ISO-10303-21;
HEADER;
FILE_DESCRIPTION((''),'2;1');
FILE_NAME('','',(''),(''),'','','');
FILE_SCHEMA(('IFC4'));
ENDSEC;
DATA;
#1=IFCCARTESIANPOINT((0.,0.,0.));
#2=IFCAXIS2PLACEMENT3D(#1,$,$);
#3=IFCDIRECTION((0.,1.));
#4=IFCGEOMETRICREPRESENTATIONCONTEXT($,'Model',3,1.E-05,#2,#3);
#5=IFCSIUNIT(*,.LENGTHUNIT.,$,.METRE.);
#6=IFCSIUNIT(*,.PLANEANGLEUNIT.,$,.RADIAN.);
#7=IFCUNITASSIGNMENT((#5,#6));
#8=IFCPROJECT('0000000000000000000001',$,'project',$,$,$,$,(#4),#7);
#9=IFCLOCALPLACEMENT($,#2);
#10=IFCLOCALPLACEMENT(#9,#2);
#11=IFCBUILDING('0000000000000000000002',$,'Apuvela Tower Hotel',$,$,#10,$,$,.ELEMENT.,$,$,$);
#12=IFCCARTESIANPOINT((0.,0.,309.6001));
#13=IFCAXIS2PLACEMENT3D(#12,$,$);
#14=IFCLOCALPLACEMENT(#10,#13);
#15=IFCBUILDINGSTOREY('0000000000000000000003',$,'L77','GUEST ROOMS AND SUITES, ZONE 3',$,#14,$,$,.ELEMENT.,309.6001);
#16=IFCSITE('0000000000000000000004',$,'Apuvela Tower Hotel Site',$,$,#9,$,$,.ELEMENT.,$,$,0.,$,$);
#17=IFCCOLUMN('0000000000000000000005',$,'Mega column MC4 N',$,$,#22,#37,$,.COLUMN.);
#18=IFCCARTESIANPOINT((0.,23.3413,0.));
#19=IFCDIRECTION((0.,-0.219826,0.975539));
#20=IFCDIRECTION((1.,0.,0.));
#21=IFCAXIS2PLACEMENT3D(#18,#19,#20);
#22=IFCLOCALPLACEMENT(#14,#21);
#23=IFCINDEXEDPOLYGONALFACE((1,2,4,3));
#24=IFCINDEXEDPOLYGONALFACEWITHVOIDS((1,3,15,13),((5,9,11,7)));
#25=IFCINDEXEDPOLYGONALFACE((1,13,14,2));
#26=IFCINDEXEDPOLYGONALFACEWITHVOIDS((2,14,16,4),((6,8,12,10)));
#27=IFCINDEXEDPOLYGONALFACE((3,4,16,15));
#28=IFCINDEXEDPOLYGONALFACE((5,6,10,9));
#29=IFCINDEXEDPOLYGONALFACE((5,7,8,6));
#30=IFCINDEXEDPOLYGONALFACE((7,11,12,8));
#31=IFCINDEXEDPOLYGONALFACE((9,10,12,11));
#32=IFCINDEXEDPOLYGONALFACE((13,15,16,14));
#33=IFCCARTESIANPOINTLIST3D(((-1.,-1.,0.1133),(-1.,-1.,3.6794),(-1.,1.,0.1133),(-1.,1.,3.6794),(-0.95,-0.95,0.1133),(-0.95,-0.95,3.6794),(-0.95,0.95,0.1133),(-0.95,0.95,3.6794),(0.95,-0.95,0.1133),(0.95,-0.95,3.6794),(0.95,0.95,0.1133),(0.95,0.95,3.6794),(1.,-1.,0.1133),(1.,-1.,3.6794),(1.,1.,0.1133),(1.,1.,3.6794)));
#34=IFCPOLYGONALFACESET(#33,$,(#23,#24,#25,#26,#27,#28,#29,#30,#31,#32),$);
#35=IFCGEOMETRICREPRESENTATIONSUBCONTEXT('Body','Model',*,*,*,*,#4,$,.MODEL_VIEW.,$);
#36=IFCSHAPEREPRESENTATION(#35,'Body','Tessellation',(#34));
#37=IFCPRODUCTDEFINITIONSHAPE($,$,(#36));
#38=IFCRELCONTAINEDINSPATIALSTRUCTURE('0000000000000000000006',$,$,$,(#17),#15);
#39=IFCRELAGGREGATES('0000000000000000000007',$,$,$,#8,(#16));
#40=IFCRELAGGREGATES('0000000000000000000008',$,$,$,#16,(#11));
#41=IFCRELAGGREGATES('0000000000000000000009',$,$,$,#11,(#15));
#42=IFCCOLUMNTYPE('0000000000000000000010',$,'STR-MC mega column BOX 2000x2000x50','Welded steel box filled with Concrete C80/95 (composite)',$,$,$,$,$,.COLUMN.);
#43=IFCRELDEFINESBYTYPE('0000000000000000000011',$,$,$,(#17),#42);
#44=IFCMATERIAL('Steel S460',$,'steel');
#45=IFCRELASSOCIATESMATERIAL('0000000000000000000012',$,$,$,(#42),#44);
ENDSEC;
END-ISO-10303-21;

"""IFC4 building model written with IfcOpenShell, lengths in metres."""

from ifc_helpers import new_model, si_unit, direction, frame, origin, origin_2d, place, context, subcontext, project, spatial, rectangle, hollow_rectangle, extrude, boolean, halfspace, material, material_profile, profile_set, type_object, element, save


model = new_model("IFC4")

# Units and contexts
model_context = context("Model", 3, precision=1e-05, world=origin(), true_north=direction((0.0, 1.0)))
body_context = subcontext(model_context, "Body", "Model", "MODEL_VIEW")
ifc_project = project(units=[si_unit("LENGTHUNIT", "METRE"), si_unit("PLANEANGLEUNIT", "RADIAN")], contexts=[model_context])

# Site, building, storey
site_placement = place(None, origin())
site = spatial("IfcSite", under=ifc_project, at=site_placement, Name="Apuvela Tower Hotel Site", CompositionType="ELEMENT", RefElevation=0.0)
building_placement = place(site_placement, origin())
building = spatial("IfcBuilding", under=site, at=building_placement, Name="Apuvela Tower Hotel", CompositionType="ELEMENT")
storey_placement = place(building_placement, frame((0.0, 0.0, 309.6001)))
storey = spatial("IfcBuildingStorey", under=building, at=storey_placement, Name="L77", Description="GUEST ROOMS AND SUITES, ZONE 3", CompositionType="ELEMENT", Elevation=309.6001)

# Column
ifc_material_1 = material(Name="Steel S460", Category="steel")
ifc_material_profile_1 = material_profile(ifc_material_1, hollow_rectangle(XDim=2.0, YDim=2.0, WallThickness=0.05, at=origin_2d()), Name="BOX 2000x2000x50")
ifc_material_2 = material(Name="Concrete C80/95", Category="concrete")
ifc_material_profile_2 = material_profile(ifc_material_2, rectangle(XDim=1.8999, YDim=1.8999, at=origin_2d()), Name="Concrete C80/95 infill")
ifc_profile_set_1 = profile_set([ifc_material_profile_1, ifc_material_profile_2], Name="Steel S460")
column_type_1 = type_object("IfcColumnType", Name="STR-MC mega column BOX 2000x2000x50", Description="Welded steel box filled with Concrete C80/95 (composite)", PredefinedType="COLUMN", material=ifc_profile_set_1)
column_1_placement = place(storey_placement, frame((0.0, 23.3413, 0.0), z_axis=(0.0, -0.219826, 0.975539), x_axis=(1.0, 0.0, 0.0)))
element("IfcColumn", 1, at=column_1_placement, inside=storey, type_object=column_type_1, Name="Mega column MC4 N", PredefinedType="COLUMN", context=body_context, shape_type="SweptSolid", body=[
    boolean("DIFFERENCE", boolean("DIFFERENCE", extrude(hollow_rectangle(XDim=2.0, YDim=2.0, WallThickness=0.05, at=origin_2d()), origin(), (0.0, 0.0, 1.0), 3.7927), halfspace(frame((0.0, 0.0, 0.1133), z_axis=(0.0, 0.0, 1.0), x_axis=(1.0, 0.0, 0.0)), True)), halfspace(frame((0.0, 0.0, 3.6794), z_axis=(0.0, 0.0, 1.0), x_axis=(1.0, 0.0, 0.0)), False)),
])

save(model, "model.ifc")
